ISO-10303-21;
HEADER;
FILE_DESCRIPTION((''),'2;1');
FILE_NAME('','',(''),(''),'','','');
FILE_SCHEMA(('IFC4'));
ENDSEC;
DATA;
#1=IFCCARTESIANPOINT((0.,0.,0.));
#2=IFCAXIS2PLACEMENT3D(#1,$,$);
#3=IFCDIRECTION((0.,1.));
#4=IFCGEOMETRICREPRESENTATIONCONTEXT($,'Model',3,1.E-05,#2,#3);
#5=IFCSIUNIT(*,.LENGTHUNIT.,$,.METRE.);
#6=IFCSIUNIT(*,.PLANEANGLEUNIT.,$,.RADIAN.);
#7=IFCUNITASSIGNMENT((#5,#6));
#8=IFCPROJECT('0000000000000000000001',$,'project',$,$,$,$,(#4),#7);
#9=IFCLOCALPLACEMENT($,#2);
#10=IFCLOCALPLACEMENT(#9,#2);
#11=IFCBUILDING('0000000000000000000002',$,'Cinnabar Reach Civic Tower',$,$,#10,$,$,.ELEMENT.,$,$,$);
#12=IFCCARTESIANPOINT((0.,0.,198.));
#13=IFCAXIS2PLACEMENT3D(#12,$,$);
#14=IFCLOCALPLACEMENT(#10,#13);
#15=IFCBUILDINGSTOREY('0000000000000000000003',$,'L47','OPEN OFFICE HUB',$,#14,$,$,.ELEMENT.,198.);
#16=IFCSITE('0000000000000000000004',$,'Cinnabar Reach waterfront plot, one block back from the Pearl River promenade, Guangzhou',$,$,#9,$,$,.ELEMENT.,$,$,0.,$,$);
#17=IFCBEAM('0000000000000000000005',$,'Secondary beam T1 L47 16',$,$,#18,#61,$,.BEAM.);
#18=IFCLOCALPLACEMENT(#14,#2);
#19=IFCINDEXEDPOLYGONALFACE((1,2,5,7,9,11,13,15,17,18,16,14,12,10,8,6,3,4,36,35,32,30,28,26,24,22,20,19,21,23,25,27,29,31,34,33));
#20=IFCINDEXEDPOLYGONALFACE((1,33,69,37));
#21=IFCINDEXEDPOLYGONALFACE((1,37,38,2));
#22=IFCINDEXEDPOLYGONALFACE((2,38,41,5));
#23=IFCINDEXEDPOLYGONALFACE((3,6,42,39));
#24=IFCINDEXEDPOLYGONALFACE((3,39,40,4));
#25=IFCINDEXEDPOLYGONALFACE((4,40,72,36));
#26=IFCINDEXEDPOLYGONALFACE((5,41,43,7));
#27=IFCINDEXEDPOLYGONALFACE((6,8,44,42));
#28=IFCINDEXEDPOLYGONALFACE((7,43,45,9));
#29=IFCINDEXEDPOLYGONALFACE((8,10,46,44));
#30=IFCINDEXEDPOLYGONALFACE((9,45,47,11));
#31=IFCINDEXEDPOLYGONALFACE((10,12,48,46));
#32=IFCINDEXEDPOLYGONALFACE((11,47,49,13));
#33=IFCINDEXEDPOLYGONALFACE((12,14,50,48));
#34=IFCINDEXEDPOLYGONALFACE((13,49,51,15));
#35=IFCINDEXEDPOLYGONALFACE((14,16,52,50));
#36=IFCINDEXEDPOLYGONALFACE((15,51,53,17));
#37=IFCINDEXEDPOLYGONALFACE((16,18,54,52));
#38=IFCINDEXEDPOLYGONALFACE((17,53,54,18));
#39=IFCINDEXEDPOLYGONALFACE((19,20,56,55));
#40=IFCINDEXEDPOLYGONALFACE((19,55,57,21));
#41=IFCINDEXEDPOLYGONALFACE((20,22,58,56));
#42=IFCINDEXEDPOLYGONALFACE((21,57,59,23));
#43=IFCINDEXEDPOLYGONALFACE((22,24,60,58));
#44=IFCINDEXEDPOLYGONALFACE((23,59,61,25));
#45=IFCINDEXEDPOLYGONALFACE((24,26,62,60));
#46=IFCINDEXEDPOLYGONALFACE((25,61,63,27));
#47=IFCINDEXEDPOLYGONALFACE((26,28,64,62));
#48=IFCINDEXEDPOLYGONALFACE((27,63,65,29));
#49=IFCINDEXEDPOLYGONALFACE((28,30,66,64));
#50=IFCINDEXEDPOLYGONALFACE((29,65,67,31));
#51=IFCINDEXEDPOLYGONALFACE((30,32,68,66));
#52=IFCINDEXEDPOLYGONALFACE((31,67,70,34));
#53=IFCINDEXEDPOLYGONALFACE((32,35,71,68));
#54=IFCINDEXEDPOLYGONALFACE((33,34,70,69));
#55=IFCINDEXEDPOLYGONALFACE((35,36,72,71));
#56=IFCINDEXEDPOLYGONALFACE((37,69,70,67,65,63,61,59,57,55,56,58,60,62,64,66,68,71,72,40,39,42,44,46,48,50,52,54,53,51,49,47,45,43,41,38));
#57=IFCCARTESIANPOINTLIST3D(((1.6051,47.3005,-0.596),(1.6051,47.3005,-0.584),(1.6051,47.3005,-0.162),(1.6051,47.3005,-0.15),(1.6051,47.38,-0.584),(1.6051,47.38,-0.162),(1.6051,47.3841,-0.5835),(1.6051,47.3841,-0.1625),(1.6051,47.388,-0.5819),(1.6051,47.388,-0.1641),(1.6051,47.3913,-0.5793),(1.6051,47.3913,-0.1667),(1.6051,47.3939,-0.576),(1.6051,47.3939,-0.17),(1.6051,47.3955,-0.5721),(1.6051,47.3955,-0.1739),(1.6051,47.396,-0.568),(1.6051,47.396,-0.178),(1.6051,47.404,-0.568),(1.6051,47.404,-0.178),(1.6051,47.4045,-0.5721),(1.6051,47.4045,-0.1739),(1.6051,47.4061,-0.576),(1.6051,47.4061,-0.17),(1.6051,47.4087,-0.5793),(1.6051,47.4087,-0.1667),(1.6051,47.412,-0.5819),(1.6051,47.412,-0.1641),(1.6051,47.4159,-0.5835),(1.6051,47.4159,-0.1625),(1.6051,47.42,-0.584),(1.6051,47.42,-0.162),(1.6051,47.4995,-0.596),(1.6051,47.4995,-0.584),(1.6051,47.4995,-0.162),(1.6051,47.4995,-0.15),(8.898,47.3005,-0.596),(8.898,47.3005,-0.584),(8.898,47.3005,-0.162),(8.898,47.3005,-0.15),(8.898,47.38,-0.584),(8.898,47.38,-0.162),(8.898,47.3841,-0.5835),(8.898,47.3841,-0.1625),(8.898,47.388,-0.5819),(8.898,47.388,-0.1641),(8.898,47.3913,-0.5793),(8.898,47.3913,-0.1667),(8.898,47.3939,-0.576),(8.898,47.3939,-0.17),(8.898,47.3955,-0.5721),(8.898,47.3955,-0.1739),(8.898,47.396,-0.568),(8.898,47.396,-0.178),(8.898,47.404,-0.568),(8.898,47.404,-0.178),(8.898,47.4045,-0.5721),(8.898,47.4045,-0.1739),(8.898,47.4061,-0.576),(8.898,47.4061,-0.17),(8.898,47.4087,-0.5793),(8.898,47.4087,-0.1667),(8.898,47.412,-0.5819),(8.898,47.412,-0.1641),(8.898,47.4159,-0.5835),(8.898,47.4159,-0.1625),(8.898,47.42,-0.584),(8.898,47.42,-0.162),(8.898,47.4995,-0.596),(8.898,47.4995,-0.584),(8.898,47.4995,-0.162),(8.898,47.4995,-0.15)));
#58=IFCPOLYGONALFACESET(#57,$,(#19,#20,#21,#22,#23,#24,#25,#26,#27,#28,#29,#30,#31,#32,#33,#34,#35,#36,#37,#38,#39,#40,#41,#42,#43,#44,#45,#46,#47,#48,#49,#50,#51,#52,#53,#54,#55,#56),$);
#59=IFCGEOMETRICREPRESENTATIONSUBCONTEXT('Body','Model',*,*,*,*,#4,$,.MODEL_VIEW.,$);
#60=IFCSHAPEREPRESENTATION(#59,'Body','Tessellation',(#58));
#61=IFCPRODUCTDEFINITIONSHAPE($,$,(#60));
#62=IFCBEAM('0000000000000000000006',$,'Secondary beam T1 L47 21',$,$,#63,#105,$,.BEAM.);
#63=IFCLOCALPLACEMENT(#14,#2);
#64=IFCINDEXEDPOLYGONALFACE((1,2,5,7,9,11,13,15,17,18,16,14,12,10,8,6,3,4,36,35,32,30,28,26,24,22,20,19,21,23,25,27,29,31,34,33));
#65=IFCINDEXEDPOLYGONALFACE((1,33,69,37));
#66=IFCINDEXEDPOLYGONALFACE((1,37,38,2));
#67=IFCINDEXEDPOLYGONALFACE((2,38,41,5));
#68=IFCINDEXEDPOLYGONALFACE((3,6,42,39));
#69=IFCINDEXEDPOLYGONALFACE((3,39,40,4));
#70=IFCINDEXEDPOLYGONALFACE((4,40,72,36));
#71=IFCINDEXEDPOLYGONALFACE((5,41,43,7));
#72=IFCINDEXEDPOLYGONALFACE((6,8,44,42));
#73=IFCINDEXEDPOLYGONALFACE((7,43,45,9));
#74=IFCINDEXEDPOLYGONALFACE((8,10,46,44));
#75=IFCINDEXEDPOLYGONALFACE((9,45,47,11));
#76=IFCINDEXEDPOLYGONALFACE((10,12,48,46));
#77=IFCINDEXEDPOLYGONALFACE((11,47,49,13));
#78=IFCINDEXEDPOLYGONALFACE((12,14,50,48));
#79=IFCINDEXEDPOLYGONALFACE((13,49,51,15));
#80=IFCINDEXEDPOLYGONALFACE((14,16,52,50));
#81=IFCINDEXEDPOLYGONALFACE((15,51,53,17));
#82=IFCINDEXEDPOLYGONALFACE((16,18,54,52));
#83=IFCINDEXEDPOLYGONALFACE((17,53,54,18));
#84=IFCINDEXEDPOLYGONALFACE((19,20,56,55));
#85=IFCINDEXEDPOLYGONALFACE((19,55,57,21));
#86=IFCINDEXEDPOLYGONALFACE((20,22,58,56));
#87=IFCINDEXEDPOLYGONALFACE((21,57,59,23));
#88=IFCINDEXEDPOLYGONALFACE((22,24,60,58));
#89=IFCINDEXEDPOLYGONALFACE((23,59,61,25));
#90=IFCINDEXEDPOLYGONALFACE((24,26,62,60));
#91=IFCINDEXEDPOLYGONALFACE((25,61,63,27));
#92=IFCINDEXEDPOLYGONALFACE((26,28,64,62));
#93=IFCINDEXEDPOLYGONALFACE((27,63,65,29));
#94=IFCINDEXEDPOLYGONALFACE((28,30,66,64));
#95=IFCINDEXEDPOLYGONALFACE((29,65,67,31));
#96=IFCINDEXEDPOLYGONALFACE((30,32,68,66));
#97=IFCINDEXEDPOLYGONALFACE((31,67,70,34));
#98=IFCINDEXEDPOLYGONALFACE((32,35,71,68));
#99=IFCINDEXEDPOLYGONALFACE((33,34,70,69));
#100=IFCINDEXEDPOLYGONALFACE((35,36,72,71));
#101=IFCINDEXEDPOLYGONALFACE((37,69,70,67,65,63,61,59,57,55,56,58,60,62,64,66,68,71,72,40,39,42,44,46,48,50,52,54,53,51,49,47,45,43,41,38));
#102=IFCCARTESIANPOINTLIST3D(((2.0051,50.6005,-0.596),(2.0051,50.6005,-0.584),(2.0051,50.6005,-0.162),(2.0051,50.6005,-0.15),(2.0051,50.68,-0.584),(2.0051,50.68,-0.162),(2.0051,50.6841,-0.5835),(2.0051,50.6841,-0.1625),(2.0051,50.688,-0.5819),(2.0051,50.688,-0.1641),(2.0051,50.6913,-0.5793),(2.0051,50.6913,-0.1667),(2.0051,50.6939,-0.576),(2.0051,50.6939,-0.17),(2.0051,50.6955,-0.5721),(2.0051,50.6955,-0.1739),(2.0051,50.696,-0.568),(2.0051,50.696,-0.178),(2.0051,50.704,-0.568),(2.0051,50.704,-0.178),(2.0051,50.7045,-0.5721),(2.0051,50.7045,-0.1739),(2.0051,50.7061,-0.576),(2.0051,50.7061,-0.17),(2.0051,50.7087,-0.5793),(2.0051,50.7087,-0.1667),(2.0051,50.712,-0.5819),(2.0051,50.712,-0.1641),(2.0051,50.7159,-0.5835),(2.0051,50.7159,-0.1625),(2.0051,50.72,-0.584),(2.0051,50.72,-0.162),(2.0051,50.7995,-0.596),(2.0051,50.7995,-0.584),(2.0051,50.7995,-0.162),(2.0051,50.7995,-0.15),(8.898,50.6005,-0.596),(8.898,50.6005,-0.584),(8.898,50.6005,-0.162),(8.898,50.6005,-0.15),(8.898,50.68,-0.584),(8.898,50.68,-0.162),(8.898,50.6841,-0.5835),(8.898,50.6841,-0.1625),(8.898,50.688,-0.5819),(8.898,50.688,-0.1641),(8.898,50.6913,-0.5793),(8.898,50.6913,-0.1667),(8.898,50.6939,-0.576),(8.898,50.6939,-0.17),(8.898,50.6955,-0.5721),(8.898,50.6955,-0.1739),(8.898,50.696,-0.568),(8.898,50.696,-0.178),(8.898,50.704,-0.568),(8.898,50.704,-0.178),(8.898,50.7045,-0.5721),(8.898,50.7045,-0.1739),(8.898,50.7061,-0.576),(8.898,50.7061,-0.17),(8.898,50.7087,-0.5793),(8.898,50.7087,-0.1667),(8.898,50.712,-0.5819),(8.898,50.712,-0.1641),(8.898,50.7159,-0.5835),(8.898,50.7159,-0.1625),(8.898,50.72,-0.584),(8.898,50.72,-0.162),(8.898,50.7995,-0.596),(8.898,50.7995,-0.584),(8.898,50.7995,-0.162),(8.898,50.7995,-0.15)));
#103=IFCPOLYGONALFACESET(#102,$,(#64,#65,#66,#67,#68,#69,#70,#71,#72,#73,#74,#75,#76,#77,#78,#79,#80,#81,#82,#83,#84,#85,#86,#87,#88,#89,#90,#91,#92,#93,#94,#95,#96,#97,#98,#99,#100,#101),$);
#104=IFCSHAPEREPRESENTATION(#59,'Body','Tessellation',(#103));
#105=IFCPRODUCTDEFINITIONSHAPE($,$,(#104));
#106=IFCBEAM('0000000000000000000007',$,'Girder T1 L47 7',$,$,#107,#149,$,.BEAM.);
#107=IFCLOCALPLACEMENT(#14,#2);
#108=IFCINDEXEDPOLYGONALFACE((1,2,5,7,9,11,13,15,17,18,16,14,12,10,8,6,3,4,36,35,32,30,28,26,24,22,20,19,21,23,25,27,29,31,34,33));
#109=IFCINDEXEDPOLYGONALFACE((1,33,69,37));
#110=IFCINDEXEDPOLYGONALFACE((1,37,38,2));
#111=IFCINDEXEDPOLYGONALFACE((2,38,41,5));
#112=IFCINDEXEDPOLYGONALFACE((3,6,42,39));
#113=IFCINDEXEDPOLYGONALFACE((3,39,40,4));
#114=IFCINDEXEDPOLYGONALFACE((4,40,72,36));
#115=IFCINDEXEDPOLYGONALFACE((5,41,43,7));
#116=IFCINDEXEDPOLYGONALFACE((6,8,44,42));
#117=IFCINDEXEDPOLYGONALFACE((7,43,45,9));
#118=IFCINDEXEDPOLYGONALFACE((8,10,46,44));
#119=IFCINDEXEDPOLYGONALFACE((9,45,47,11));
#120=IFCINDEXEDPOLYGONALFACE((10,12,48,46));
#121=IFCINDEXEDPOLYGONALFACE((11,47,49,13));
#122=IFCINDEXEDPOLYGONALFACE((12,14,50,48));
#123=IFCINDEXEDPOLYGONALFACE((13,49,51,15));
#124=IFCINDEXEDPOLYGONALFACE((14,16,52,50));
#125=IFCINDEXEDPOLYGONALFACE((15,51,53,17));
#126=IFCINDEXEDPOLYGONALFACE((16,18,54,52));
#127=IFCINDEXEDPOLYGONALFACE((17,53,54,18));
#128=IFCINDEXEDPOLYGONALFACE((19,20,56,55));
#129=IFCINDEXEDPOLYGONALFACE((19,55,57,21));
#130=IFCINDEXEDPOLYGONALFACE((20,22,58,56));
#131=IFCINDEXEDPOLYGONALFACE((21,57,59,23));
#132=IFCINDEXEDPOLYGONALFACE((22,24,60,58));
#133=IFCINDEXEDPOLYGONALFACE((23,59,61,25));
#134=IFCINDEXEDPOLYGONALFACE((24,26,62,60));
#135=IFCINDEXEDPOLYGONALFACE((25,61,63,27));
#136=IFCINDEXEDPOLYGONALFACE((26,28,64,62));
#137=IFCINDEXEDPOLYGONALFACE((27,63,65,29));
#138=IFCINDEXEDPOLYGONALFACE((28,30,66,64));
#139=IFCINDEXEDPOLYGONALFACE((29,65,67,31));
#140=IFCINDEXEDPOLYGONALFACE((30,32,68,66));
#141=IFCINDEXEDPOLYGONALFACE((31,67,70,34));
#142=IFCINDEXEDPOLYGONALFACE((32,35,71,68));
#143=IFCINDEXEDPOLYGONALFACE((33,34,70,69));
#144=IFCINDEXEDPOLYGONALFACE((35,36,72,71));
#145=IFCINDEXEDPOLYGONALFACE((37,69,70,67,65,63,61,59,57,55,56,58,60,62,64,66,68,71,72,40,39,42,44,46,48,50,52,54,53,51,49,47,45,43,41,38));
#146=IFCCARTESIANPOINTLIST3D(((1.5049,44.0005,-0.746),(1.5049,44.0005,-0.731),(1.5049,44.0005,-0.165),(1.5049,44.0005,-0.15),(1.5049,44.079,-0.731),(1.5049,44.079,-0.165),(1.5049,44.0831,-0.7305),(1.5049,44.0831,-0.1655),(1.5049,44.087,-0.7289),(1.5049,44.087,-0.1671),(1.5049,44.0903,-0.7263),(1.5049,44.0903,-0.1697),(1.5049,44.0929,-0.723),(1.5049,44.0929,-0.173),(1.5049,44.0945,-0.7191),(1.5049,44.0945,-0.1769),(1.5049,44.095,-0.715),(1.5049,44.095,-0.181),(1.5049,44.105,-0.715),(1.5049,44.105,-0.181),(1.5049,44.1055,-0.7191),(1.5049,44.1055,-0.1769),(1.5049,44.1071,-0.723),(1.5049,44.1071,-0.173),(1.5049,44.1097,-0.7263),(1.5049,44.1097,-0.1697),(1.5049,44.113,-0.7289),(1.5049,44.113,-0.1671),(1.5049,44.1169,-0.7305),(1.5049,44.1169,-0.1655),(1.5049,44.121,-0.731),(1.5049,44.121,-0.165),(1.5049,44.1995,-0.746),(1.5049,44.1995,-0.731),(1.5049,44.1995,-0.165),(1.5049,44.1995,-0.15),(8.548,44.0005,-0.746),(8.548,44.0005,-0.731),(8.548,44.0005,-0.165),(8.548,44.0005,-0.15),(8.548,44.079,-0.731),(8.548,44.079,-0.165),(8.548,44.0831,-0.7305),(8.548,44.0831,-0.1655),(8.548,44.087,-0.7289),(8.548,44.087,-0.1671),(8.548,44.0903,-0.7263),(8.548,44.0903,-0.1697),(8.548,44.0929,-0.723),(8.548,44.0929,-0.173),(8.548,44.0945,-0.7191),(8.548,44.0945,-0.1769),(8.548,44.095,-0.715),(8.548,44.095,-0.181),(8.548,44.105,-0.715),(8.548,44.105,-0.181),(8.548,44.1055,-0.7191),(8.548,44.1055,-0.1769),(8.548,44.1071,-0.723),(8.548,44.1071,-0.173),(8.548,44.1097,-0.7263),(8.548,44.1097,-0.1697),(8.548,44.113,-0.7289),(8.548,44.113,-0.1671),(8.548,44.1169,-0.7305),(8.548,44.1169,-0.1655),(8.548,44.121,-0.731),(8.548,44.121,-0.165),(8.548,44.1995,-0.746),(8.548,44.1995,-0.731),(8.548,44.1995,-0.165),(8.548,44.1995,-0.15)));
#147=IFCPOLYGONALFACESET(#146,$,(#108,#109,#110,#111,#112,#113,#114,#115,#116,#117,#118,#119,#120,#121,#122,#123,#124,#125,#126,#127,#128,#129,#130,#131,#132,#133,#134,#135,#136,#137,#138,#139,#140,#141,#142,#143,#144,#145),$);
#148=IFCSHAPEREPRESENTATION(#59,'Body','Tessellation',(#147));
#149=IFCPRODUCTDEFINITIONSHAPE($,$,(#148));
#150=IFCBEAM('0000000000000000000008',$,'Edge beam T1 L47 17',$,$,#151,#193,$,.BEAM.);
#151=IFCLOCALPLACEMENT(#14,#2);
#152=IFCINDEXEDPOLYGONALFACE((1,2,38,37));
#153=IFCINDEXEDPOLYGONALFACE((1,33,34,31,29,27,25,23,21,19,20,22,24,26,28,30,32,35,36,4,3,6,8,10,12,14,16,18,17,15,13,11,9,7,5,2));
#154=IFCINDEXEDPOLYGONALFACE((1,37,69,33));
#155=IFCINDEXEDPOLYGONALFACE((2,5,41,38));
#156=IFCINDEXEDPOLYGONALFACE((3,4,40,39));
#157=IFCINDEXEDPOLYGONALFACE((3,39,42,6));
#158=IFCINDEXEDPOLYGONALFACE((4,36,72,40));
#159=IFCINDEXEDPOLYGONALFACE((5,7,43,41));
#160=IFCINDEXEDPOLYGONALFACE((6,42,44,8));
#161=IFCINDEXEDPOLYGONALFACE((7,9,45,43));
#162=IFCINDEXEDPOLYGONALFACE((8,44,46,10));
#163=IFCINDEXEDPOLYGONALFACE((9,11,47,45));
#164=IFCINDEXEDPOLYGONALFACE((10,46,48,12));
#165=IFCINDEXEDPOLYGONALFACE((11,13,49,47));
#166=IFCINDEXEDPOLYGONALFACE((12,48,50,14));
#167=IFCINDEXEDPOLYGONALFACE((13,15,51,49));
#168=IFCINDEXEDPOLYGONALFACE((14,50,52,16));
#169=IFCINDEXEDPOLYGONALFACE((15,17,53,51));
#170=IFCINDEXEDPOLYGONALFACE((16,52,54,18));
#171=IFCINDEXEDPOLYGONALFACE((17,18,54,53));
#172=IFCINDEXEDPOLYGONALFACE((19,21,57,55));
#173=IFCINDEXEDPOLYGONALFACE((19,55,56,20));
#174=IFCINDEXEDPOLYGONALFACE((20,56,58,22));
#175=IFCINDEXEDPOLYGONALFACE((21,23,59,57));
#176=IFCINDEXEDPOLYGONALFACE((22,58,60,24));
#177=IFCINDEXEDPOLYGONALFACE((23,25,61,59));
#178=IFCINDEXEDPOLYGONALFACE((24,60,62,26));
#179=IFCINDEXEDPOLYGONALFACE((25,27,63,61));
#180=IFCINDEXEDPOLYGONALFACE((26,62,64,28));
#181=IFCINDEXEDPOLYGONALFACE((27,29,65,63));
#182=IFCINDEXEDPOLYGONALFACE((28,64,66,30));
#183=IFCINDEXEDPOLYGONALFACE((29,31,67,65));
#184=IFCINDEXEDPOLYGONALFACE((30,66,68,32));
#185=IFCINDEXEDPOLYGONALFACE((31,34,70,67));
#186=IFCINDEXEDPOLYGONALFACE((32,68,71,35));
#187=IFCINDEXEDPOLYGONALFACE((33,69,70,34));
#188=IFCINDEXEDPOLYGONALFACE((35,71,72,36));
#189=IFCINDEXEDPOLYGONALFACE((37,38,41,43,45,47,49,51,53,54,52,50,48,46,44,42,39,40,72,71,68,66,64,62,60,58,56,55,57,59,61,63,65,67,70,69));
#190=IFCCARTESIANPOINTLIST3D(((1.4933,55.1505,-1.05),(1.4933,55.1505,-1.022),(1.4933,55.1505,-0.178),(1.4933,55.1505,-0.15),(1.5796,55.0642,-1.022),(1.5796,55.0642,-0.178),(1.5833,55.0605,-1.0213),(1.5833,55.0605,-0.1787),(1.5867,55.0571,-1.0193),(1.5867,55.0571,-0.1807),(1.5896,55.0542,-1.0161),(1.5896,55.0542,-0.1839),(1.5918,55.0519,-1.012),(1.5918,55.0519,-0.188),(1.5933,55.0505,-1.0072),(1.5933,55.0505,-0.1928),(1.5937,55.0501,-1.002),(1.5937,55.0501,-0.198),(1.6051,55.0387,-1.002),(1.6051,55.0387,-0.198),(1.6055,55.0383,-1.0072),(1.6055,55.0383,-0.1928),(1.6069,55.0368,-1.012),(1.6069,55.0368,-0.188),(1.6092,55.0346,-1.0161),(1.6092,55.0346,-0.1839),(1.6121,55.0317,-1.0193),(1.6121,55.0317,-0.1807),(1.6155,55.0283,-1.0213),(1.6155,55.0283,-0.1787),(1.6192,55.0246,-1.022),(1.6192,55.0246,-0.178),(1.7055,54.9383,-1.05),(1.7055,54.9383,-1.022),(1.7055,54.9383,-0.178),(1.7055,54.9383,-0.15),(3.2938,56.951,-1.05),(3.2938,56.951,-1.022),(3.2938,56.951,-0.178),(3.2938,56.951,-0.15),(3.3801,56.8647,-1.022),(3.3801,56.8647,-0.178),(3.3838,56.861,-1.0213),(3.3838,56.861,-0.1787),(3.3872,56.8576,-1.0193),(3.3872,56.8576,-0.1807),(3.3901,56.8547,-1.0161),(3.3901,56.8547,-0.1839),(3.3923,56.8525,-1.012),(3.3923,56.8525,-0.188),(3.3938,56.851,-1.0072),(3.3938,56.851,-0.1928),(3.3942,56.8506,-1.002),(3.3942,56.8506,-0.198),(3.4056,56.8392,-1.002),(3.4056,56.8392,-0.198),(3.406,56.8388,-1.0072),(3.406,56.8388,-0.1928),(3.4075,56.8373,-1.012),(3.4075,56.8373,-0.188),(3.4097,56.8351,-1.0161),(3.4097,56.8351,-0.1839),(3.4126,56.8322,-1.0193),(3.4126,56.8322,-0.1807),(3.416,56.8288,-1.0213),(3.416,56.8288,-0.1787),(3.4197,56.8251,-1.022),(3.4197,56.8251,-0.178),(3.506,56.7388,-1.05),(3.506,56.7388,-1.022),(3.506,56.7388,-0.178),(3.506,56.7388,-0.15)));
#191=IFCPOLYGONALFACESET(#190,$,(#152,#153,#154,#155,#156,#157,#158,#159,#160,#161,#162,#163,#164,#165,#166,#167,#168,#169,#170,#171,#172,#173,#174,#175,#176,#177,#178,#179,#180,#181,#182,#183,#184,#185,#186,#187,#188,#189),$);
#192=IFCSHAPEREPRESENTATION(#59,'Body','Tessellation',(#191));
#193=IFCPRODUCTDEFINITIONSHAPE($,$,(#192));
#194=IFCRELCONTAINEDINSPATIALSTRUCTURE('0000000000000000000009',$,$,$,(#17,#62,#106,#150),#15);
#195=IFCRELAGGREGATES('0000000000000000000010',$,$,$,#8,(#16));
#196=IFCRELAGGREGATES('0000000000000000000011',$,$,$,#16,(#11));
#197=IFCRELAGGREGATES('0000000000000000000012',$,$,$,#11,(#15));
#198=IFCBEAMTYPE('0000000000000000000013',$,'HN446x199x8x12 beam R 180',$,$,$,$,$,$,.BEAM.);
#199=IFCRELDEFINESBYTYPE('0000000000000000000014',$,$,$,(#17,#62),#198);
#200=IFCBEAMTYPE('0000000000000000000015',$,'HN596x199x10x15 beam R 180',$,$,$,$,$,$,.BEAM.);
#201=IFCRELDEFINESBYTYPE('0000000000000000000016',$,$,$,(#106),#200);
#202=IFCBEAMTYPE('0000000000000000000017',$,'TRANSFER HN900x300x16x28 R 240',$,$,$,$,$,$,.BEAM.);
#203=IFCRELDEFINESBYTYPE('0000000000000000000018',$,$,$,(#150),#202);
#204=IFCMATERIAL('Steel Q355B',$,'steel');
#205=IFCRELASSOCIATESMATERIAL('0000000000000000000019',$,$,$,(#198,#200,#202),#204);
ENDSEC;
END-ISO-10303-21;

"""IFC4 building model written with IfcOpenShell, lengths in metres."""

from ifc_helpers import new_model, si_unit, direction, frame, origin, origin_2d, place, context, subcontext, project, spatial, i_section, extrude, material, material_profile, profile_set, type_object, element, save


model = new_model("IFC4")

# Units and contexts
model_context = context("Model", 3, precision=1e-05, world=origin(), true_north=direction((0.0, 1.0)))
body_context = subcontext(model_context, "Body", "Model", "MODEL_VIEW")
ifc_project = project(units=[si_unit("LENGTHUNIT", "METRE"), si_unit("PLANEANGLEUNIT", "RADIAN")], contexts=[model_context])

# Site, building, storey
site_placement = place(None, origin())
site = spatial("IfcSite", under=ifc_project, at=site_placement, Name="Cinnabar Reach waterfront plot, one block back from the Pearl River promenade, Guangzhou", CompositionType="ELEMENT", RefElevation=0.0)
building_placement = place(site_placement, origin())
building = spatial("IfcBuilding", under=site, at=building_placement, Name="Cinnabar Reach Civic Tower", CompositionType="ELEMENT")
storey_placement = place(building_placement, frame((0.0, 0.0, 198.0)))
storey = spatial("IfcBuildingStorey", under=building, at=storey_placement, Name="L47", Description="OPEN OFFICE HUB", CompositionType="ELEMENT", Elevation=198.0)

# Beams
ifc_material_1 = material(Name="Steel Q355B", Category="steel")
ifc_material_profile_1 = material_profile(ifc_material_1, i_section(OverallWidth=0.199, OverallDepth=0.446, WebThickness=0.008, FlangeThickness=0.012, FilletRadius=0.016, at=origin_2d()), Name="HN446x199x8x12")
ifc_profile_set_1 = profile_set([ifc_material_profile_1], Name="Steel Q355B")
beam_type_1 = type_object("IfcBeamType", Name="HN446x199x8x12 beam R 180", PredefinedType="BEAM", material=ifc_profile_set_1)
beam_1_placement = place(storey_placement, frame((1.6051, 47.4, -0.373), z_axis=(1.0, 0.0, 0.0), x_axis=(0.0, 1.0, 0.0)))
element("IfcBeam", 1, at=beam_1_placement, inside=storey, type_object=beam_type_1, Name="Secondary beam T1 L47 16", PredefinedType="BEAM", context=body_context, shape_type="SweptSolid", body=[
    extrude(i_section(OverallWidth=0.199, OverallDepth=0.446, WebThickness=0.008, FlangeThickness=0.012, FilletRadius=0.016, at=origin_2d()), origin(), (0.0, 0.0, 1.0), 7.2929),
])
beam_2_placement = place(storey_placement, frame((2.0051, 50.7, -0.373), z_axis=(1.0, 0.0, 0.0), x_axis=(0.0, 1.0, 0.0)))
element("IfcBeam", 2, at=beam_2_placement, inside=storey, type_object=beam_type_1, Name="Secondary beam T1 L47 21", PredefinedType="BEAM", context=body_context, shape_type="SweptSolid", body=[
    extrude(i_section(OverallWidth=0.199, OverallDepth=0.446, WebThickness=0.008, FlangeThickness=0.012, FilletRadius=0.016, at=origin_2d()), origin(), (0.0, 0.0, 1.0), 6.8929),
])
ifc_material_profile_2 = material_profile(ifc_material_1, i_section(OverallWidth=0.199, OverallDepth=0.596, WebThickness=0.01, FlangeThickness=0.015, FilletRadius=0.016, at=origin_2d()), Name="HN596x199x10x15")
ifc_profile_set_2 = profile_set([ifc_material_profile_2], Name="Steel Q355B")
beam_type_2 = type_object("IfcBeamType", Name="HN596x199x10x15 beam R 180", PredefinedType="BEAM", material=ifc_profile_set_2)
beam_3_placement = place(storey_placement, frame((1.5049, 44.1, -0.448), z_axis=(1.0, 0.0, 0.0), x_axis=(0.0, 1.0, 0.0)))
element("IfcBeam", 3, at=beam_3_placement, inside=storey, type_object=beam_type_2, Name="Girder T1 L47 7", PredefinedType="BEAM", context=body_context, shape_type="SweptSolid", body=[
    extrude(i_section(OverallWidth=0.199, OverallDepth=0.596, WebThickness=0.01, FlangeThickness=0.015, FilletRadius=0.016, at=origin_2d()), origin(), (0.0, 0.0, 1.0), 7.0431),
])
ifc_material_profile_3 = material_profile(ifc_material_1, i_section(OverallWidth=0.3, OverallDepth=0.9, WebThickness=0.016, FlangeThickness=0.028, FilletRadius=0.02, at=origin_2d()), Name="HN900x300x16x28")
ifc_profile_set_3 = profile_set([ifc_material_profile_3], Name="Steel Q355B")
beam_type_3 = type_object("IfcBeamType", Name="TRANSFER HN900x300x16x28 R 240", PredefinedType="BEAM", material=ifc_profile_set_3)
beam_4_placement = place(storey_placement, frame((3.3999, 56.8449, -0.6), z_axis=(-0.707107, -0.707107, 0.0), x_axis=(0.707107, -0.707107, 0.0)))
element("IfcBeam", 4, at=beam_4_placement, inside=storey, type_object=beam_type_3, Name="Edge beam T1 L47 17", PredefinedType="BEAM", context=body_context, shape_type="SweptSolid", body=[
    extrude(i_section(OverallWidth=0.3, OverallDepth=0.9, WebThickness=0.016, FlangeThickness=0.028, FilletRadius=0.02, at=origin_2d()), origin(), (0.0, 0.0, 1.0), 2.5463),
])

save(model, "model.ifc")
